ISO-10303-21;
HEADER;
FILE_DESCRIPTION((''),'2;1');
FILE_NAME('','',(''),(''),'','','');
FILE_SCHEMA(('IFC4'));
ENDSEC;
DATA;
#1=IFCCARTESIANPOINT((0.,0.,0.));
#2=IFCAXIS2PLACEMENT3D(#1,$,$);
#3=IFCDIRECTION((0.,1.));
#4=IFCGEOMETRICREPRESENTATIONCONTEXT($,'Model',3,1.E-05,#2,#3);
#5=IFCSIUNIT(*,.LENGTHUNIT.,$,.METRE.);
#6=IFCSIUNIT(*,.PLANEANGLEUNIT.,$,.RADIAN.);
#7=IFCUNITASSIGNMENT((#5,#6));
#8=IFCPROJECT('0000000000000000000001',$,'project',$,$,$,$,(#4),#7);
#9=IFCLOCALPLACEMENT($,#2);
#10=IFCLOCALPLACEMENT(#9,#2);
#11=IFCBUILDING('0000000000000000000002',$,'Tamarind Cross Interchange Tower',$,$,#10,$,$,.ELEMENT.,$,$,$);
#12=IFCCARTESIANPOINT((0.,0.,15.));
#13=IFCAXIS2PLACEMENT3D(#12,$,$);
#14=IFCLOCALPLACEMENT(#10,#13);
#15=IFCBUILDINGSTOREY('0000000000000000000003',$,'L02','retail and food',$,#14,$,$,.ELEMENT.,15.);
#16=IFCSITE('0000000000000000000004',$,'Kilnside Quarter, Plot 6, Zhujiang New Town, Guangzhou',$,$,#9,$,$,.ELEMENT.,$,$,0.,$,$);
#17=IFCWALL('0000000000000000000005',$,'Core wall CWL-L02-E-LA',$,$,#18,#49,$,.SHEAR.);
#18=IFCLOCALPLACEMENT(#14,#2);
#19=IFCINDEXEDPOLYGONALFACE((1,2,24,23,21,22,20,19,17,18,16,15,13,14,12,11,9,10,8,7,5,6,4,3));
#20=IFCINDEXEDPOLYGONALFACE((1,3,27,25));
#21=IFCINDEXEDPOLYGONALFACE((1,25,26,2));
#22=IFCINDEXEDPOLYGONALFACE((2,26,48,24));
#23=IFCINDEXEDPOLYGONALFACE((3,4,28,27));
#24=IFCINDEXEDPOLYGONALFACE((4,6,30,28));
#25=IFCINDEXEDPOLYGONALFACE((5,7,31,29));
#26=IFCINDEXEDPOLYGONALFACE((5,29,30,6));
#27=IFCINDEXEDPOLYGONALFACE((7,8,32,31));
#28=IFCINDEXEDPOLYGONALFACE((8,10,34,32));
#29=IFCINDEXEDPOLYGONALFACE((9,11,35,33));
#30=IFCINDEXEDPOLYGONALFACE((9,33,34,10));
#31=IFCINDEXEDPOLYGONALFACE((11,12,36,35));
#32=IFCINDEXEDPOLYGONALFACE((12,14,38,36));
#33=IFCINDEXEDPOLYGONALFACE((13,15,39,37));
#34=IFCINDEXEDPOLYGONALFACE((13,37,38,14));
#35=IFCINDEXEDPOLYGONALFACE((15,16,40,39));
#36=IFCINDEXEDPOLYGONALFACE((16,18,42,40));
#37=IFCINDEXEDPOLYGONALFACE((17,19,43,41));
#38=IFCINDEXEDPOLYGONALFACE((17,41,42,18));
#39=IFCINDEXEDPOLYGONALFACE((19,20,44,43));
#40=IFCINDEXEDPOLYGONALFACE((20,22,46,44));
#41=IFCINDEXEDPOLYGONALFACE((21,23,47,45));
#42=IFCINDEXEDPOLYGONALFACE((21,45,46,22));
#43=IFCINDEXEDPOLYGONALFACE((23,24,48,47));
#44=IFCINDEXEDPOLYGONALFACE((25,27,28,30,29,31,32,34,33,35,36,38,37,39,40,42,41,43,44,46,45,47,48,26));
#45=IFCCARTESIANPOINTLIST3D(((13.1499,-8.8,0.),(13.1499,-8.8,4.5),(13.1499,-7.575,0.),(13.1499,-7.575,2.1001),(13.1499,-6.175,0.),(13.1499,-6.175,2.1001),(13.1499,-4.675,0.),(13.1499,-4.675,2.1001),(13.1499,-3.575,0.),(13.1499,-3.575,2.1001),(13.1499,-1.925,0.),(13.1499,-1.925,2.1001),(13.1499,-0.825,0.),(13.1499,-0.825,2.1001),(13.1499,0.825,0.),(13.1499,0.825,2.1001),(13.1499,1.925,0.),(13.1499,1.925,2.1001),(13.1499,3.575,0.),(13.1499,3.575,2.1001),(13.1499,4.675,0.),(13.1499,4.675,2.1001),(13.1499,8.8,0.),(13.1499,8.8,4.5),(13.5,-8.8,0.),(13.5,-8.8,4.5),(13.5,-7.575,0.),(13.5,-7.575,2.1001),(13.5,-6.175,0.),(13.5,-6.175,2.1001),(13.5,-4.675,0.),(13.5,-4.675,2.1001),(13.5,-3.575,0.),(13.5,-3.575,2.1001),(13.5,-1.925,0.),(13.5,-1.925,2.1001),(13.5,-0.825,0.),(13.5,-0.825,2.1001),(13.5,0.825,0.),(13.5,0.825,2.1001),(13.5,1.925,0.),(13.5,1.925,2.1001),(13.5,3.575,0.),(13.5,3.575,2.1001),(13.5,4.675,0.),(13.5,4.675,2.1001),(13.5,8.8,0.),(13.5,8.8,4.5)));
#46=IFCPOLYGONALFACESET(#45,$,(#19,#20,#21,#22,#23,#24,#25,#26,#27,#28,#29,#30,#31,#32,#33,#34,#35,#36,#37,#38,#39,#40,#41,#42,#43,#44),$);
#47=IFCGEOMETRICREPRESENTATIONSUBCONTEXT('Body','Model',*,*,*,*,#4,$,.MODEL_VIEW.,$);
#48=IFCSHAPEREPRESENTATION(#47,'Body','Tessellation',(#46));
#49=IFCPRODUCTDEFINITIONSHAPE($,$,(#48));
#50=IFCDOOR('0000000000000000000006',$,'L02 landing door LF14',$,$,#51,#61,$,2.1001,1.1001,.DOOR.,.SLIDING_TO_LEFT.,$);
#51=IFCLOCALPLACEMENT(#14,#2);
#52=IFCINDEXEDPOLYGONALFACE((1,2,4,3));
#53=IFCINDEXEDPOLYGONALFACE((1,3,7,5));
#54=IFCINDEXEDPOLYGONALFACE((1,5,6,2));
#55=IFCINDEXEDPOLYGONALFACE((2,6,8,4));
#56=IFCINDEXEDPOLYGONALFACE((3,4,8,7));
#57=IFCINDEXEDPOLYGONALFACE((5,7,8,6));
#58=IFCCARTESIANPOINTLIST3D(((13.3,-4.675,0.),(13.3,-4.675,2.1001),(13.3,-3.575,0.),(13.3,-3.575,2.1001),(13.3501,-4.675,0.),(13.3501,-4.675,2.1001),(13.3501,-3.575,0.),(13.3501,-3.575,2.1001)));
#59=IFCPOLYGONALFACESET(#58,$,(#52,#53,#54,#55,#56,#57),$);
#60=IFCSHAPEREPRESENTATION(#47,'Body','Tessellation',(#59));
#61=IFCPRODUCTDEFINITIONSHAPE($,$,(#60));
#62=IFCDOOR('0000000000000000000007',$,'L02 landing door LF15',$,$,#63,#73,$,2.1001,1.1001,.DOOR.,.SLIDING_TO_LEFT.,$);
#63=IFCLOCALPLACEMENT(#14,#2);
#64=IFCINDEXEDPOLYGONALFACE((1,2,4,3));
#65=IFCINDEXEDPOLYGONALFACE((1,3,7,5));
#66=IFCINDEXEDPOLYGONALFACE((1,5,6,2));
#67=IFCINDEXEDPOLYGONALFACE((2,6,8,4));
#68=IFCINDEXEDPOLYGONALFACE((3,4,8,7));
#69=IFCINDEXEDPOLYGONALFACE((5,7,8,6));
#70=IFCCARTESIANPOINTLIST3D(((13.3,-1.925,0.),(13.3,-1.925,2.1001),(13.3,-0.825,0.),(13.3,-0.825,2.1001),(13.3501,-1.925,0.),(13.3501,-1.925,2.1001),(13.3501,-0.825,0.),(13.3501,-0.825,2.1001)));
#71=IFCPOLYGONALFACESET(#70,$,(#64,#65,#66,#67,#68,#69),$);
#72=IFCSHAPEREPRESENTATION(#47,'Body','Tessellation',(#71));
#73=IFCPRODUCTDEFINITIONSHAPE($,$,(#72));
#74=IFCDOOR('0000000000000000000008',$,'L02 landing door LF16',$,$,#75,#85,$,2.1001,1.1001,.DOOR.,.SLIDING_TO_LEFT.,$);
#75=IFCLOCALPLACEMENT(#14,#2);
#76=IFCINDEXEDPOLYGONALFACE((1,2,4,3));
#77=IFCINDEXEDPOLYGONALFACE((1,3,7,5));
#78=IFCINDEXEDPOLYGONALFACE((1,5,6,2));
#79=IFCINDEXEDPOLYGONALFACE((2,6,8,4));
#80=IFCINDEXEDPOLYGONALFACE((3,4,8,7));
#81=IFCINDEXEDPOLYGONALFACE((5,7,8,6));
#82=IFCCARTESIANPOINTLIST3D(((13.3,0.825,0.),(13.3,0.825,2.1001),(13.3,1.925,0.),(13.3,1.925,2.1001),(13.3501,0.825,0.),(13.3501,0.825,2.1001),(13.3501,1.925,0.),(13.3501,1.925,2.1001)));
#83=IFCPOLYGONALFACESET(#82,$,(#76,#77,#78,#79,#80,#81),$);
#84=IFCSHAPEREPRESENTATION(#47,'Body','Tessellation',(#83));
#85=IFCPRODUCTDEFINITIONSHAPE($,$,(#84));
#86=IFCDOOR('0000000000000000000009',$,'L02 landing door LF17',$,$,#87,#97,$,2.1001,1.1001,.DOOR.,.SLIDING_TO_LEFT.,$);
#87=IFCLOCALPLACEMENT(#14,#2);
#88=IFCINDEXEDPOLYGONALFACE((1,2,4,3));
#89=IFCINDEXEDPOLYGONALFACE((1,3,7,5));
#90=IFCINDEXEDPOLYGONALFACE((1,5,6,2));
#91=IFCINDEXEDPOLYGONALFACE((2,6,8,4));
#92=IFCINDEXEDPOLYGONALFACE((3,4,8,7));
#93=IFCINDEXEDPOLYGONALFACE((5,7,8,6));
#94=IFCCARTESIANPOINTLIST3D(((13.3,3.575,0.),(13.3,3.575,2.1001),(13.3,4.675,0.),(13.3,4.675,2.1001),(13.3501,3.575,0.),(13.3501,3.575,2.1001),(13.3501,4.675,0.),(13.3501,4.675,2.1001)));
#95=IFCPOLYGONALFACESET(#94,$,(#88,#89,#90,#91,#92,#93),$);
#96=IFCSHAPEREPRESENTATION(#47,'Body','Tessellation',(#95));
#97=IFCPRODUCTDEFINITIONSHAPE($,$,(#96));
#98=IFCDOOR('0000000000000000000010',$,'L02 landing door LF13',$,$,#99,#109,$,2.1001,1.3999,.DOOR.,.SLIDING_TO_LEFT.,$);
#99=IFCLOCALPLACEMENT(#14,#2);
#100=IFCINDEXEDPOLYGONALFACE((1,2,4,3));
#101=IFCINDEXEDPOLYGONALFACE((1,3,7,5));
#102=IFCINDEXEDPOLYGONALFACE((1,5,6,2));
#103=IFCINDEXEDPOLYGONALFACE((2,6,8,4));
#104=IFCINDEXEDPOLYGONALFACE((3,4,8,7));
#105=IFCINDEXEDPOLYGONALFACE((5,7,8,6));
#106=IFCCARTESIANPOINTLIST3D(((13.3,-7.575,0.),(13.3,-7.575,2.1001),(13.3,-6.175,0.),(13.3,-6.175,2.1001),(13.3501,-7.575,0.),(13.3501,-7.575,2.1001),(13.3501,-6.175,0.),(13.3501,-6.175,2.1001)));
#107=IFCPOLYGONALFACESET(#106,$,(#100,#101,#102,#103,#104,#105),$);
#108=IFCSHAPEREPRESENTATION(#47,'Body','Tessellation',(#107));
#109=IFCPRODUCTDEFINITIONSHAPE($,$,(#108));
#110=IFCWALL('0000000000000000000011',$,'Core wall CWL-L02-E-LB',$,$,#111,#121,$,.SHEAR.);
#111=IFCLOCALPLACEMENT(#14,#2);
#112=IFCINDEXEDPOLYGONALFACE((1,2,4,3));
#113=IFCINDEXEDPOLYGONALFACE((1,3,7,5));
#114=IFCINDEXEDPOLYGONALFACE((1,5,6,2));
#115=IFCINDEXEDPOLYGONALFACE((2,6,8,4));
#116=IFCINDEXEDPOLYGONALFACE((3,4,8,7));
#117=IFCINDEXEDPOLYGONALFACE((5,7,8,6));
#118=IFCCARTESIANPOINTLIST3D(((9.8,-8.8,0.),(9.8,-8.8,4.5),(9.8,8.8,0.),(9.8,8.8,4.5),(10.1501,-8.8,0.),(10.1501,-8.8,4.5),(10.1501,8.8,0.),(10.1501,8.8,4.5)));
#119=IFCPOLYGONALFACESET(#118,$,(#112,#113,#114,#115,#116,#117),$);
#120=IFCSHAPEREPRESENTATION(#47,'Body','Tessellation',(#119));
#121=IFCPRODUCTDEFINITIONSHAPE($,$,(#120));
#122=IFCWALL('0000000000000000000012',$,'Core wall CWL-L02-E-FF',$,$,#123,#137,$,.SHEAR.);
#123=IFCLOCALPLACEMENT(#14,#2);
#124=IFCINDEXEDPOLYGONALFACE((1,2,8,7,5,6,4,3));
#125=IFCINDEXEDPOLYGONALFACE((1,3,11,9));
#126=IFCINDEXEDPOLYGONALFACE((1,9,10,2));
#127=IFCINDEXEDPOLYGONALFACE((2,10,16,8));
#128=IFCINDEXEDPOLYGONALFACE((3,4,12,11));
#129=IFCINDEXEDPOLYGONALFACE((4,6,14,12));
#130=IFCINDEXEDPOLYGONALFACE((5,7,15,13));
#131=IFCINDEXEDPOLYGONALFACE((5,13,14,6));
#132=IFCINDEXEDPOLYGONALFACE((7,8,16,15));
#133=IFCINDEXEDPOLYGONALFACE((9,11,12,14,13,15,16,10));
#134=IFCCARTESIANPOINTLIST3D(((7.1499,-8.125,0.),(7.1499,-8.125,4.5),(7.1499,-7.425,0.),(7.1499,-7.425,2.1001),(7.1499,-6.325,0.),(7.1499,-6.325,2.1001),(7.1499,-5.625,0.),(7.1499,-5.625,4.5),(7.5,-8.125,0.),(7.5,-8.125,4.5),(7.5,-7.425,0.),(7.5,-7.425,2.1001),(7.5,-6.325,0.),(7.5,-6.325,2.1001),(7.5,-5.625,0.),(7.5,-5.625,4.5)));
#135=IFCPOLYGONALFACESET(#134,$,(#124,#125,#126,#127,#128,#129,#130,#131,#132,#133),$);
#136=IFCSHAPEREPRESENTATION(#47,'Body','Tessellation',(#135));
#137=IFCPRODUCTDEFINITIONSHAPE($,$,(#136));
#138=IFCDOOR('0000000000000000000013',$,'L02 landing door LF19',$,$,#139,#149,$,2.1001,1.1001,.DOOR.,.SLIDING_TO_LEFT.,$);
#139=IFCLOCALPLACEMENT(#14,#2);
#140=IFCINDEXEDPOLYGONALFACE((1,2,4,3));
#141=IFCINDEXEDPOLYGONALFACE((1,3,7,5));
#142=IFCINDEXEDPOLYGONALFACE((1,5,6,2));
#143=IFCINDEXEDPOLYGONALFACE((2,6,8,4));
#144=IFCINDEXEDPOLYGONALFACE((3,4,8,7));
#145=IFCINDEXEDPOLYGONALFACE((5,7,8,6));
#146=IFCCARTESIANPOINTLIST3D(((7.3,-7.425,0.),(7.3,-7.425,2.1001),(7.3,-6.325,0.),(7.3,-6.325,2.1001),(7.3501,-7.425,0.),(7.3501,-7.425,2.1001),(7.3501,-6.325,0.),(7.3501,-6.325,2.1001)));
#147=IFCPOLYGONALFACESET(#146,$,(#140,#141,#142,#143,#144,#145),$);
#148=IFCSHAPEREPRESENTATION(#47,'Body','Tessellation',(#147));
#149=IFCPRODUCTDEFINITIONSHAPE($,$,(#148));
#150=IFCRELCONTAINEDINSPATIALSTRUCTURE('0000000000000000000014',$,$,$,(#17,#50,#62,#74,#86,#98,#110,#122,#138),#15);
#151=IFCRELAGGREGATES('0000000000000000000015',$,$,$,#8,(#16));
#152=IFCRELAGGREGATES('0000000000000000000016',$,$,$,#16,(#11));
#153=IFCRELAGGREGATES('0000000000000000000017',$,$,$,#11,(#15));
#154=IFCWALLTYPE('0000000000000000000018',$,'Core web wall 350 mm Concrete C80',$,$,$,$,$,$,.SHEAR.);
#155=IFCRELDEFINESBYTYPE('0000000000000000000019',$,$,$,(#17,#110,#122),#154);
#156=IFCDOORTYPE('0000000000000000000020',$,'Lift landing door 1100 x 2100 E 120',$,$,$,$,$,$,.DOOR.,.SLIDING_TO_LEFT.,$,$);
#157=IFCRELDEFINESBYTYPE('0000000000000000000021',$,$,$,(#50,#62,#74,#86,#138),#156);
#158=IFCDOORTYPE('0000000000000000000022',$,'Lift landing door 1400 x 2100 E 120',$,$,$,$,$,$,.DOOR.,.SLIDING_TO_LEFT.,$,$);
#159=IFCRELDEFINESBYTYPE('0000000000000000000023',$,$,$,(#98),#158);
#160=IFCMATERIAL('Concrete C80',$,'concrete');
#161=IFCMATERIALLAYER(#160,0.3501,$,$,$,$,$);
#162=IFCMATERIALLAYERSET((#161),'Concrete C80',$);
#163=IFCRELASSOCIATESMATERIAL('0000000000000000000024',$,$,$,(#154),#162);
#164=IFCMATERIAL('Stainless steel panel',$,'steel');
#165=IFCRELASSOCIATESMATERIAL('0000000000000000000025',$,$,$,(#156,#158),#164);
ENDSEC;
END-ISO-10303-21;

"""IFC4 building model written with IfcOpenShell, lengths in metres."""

from ifc_helpers import new_model, si_unit, direction, frame, frame_2d, origin, place, context, subcontext, project, spatial, rectangle, extrude, material, layer, layer_set, type_object, element, fill, save


model = new_model("IFC4")

# Units and contexts
model_context = context("Model", 3, precision=1e-05, world=origin(), true_north=direction((0.0, 1.0)))
body_context = subcontext(model_context, "Body", "Model", "MODEL_VIEW")
ifc_project = project(units=[si_unit("LENGTHUNIT", "METRE"), si_unit("PLANEANGLEUNIT", "RADIAN")], contexts=[model_context])

# Site, building, storey
site_placement = place(None, origin())
site = spatial("IfcSite", under=ifc_project, at=site_placement, Name="Kilnside Quarter, Plot 6, Zhujiang New Town, Guangzhou", CompositionType="ELEMENT", RefElevation=0.0)
building_placement = place(site_placement, origin())
building = spatial("IfcBuilding", under=site, at=building_placement, Name="Tamarind Cross Interchange Tower", CompositionType="ELEMENT")
storey_placement = place(building_placement, frame((0.0, 0.0, 15.0)))
storey = spatial("IfcBuildingStorey", under=building, at=storey_placement, Name="L02", Description="retail and food", CompositionType="ELEMENT", Elevation=15.0)

# Wall, openings, doors
ifc_material_1 = material(Name="Concrete C80", Category="concrete")
ifc_layer_1 = layer(ifc_material_1, 0.3501)
ifc_layer_set_1 = layer_set([ifc_layer_1], Name="Concrete C80")
wall_type_1 = type_object("IfcWallType", Name="Core web wall 350 mm Concrete C80", PredefinedType="SHEAR", material=ifc_layer_set_1)
wall_1_placement = place(storey_placement, frame((13.325, -8.8, 0.0), z_axis=(0.0, 0.0, 1.0), x_axis=(0.0, 1.0, 0.0)))
wall_1 = element("IfcWall", 1, at=wall_1_placement, inside=storey, type_object=wall_type_1, Name="Core wall CWL-L02-E-LA", PredefinedType="SHEAR", context=body_context, shape_type="SweptSolid", body=[
    extrude(rectangle(XDim=17.6001, YDim=0.3501, at=frame_2d((8.8, 0.0))), origin(), (0.0, 0.0, 1.0), 4.5),
])
opening_1_placement = place(wall_1_placement, frame((1.2251, 0.0, 0.0)))
opening_1 = element("IfcOpeningElement", 2, at=opening_1_placement, cuts=wall_1, PredefinedType="OPENING", context=body_context, shape_type="SweptSolid", body=[
    extrude(rectangle(XDim=1.3999, YDim=2.1001, at=frame_2d((0.7, 1.05))), frame((0.0, 0.1851, 0.0), z_axis=(0.0, -1.0, 0.0), x_axis=(1.0, 0.0, 0.0)), (0.0, 0.0, 1.0), 0.3701),
])
opening_2_placement = place(wall_1_placement, frame((4.125, 0.0, 0.0)))
opening_2 = element("IfcOpeningElement", 3, at=opening_2_placement, cuts=wall_1, PredefinedType="OPENING", context=body_context, shape_type="SweptSolid", body=[
    extrude(rectangle(XDim=1.1001, YDim=2.1001, at=frame_2d((0.55, 1.05))), frame((0.0, 0.1851, 0.0), z_axis=(0.0, -1.0, 0.0), x_axis=(1.0, 0.0, 0.0)), (0.0, 0.0, 1.0), 0.3701),
])
opening_3_placement = place(wall_1_placement, frame((6.875, 0.0, 0.0)))
opening_3 = element("IfcOpeningElement", 4, at=opening_3_placement, cuts=wall_1, PredefinedType="OPENING", context=body_context, shape_type="SweptSolid", body=[
    extrude(rectangle(XDim=1.1001, YDim=2.1001, at=frame_2d((0.55, 1.05))), frame((0.0, 0.1851, 0.0), z_axis=(0.0, -1.0, 0.0), x_axis=(1.0, 0.0, 0.0)), (0.0, 0.0, 1.0), 0.3701),
])
opening_4_placement = place(wall_1_placement, frame((9.625, 0.0, 0.0)))
opening_4 = element("IfcOpeningElement", 5, at=opening_4_placement, cuts=wall_1, PredefinedType="OPENING", context=body_context, shape_type="SweptSolid", body=[
    extrude(rectangle(XDim=1.1001, YDim=2.1001, at=frame_2d((0.55, 1.05))), frame((0.0, 0.1851, 0.0), z_axis=(0.0, -1.0, 0.0), x_axis=(1.0, 0.0, 0.0)), (0.0, 0.0, 1.0), 0.3701),
])
opening_5_placement = place(wall_1_placement, frame((12.375, 0.0, 0.0)))
opening_5 = element("IfcOpeningElement", 6, at=opening_5_placement, cuts=wall_1, PredefinedType="OPENING", context=body_context, shape_type="SweptSolid", body=[
    extrude(rectangle(XDim=1.1001, YDim=2.1001, at=frame_2d((0.55, 1.05))), frame((0.0, 0.1851, 0.0), z_axis=(0.0, -1.0, 0.0), x_axis=(1.0, 0.0, 0.0)), (0.0, 0.0, 1.0), 0.3701),
])
ifc_material_2 = material(Name="Stainless steel panel", Category="steel")
door_type_1 = type_object("IfcDoorType", Name="Lift landing door 1100 x 2100 E 120", OperationType="SLIDING_TO_LEFT", PredefinedType="DOOR", material=ifc_material_2)
door_1_placement = place(opening_2_placement, origin())
door_1 = element("IfcDoor", 7, at=door_1_placement, inside=storey, type_object=door_type_1, Name="L02 landing door LF14", OperationType="SLIDING_TO_LEFT", OverallHeight=2.1001, OverallWidth=1.1001, PredefinedType="DOOR", context=body_context, shape_type="SweptSolid", body=[
    extrude(rectangle(XDim=1.1001, YDim=2.1001, at=frame_2d((0.55, 1.05))), frame((0.0, 0.0249, 0.0), z_axis=(0.0, -1.0, 0.0), x_axis=(1.0, 0.0, 0.0)), (0.0, 0.0, 1.0), 0.05),
])
fill(opening_2, door_1)
door_2_placement = place(opening_3_placement, origin())
door_2 = element("IfcDoor", 8, at=door_2_placement, inside=storey, type_object=door_type_1, Name="L02 landing door LF15", OperationType="SLIDING_TO_LEFT", OverallHeight=2.1001, OverallWidth=1.1001, PredefinedType="DOOR", context=body_context, shape_type="SweptSolid", body=[
    extrude(rectangle(XDim=1.1001, YDim=2.1001, at=frame_2d((0.55, 1.05))), frame((0.0, 0.0249, 0.0), z_axis=(0.0, -1.0, 0.0), x_axis=(1.0, 0.0, 0.0)), (0.0, 0.0, 1.0), 0.05),
])
fill(opening_3, door_2)
door_3_placement = place(opening_4_placement, origin())
door_3 = element("IfcDoor", 9, at=door_3_placement, inside=storey, type_object=door_type_1, Name="L02 landing door LF16", OperationType="SLIDING_TO_LEFT", OverallHeight=2.1001, OverallWidth=1.1001, PredefinedType="DOOR", context=body_context, shape_type="SweptSolid", body=[
    extrude(rectangle(XDim=1.1001, YDim=2.1001, at=frame_2d((0.55, 1.05))), frame((0.0, 0.0249, 0.0), z_axis=(0.0, -1.0, 0.0), x_axis=(1.0, 0.0, 0.0)), (0.0, 0.0, 1.0), 0.05),
])
fill(opening_4, door_3)
door_4_placement = place(opening_5_placement, origin())
door_4 = element("IfcDoor", 10, at=door_4_placement, inside=storey, type_object=door_type_1, Name="L02 landing door LF17", OperationType="SLIDING_TO_LEFT", OverallHeight=2.1001, OverallWidth=1.1001, PredefinedType="DOOR", context=body_context, shape_type="SweptSolid", body=[
    extrude(rectangle(XDim=1.1001, YDim=2.1001, at=frame_2d((0.55, 1.05))), frame((0.0, 0.0249, 0.0), z_axis=(0.0, -1.0, 0.0), x_axis=(1.0, 0.0, 0.0)), (0.0, 0.0, 1.0), 0.05),
])
fill(opening_5, door_4)
door_type_2 = type_object("IfcDoorType", Name="Lift landing door 1400 x 2100 E 120", OperationType="SLIDING_TO_LEFT", PredefinedType="DOOR", material=ifc_material_2)
door_5_placement = place(opening_1_placement, origin())
door_5 = element("IfcDoor", 11, at=door_5_placement, inside=storey, type_object=door_type_2, Name="L02 landing door LF13", OperationType="SLIDING_TO_LEFT", OverallHeight=2.1001, OverallWidth=1.3999, PredefinedType="DOOR", context=body_context, shape_type="SweptSolid", body=[
    extrude(rectangle(XDim=1.3999, YDim=2.1001, at=frame_2d((0.7, 1.05))), frame((0.0, 0.0249, 0.0), z_axis=(0.0, -1.0, 0.0), x_axis=(1.0, 0.0, 0.0)), (0.0, 0.0, 1.0), 0.05),
])
fill(opening_1, door_5)

# Wall
wall_2_placement = place(storey_placement, frame((9.9751, -8.8, 0.0), z_axis=(0.0, 0.0, 1.0), x_axis=(0.0, 1.0, 0.0)))
element("IfcWall", 12, at=wall_2_placement, inside=storey, type_object=wall_type_1, Name="Core wall CWL-L02-E-LB", PredefinedType="SHEAR", context=body_context, shape_type="SweptSolid", body=[
    extrude(rectangle(XDim=17.6001, YDim=0.3501, at=frame_2d((8.8, 0.0))), origin(), (0.0, 0.0, 1.0), 4.5),
])

# Wall, opening, door
wall_3_placement = place(storey_placement, frame((7.325, -8.125, 0.0), z_axis=(0.0, 0.0, 1.0), x_axis=(0.0, 1.0, 0.0)))
wall_3 = element("IfcWall", 13, at=wall_3_placement, inside=storey, type_object=wall_type_1, Name="Core wall CWL-L02-E-FF", PredefinedType="SHEAR", context=body_context, shape_type="SweptSolid", body=[
    extrude(rectangle(XDim=2.5, YDim=0.3501, at=frame_2d((1.25, 0.0))), origin(), (0.0, 0.0, 1.0), 4.5),
])
opening_6_placement = place(wall_3_placement, frame((0.7, 0.0, 0.0)))
opening_6 = element("IfcOpeningElement", 14, at=opening_6_placement, cuts=wall_3, PredefinedType="OPENING", context=body_context, shape_type="SweptSolid", body=[
    extrude(rectangle(XDim=1.1001, YDim=2.1001, at=frame_2d((0.55, 1.05))), frame((0.0, 0.1851, 0.0), z_axis=(0.0, -1.0, 0.0), x_axis=(1.0, 0.0, 0.0)), (0.0, 0.0, 1.0), 0.3701),
])
door_6_placement = place(opening_6_placement, origin())
door_6 = element("IfcDoor", 15, at=door_6_placement, inside=storey, type_object=door_type_1, Name="L02 landing door LF19", OperationType="SLIDING_TO_LEFT", OverallHeight=2.1001, OverallWidth=1.1001, PredefinedType="DOOR", context=body_context, shape_type="SweptSolid", body=[
    extrude(rectangle(XDim=1.1001, YDim=2.1001, at=frame_2d((0.55, 1.05))), frame((0.0, 0.0249, 0.0), z_axis=(0.0, -1.0, 0.0), x_axis=(1.0, 0.0, 0.0)), (0.0, 0.0, 1.0), 0.05),
])
fill(opening_6, door_6)

save(model, "model.ifc")
